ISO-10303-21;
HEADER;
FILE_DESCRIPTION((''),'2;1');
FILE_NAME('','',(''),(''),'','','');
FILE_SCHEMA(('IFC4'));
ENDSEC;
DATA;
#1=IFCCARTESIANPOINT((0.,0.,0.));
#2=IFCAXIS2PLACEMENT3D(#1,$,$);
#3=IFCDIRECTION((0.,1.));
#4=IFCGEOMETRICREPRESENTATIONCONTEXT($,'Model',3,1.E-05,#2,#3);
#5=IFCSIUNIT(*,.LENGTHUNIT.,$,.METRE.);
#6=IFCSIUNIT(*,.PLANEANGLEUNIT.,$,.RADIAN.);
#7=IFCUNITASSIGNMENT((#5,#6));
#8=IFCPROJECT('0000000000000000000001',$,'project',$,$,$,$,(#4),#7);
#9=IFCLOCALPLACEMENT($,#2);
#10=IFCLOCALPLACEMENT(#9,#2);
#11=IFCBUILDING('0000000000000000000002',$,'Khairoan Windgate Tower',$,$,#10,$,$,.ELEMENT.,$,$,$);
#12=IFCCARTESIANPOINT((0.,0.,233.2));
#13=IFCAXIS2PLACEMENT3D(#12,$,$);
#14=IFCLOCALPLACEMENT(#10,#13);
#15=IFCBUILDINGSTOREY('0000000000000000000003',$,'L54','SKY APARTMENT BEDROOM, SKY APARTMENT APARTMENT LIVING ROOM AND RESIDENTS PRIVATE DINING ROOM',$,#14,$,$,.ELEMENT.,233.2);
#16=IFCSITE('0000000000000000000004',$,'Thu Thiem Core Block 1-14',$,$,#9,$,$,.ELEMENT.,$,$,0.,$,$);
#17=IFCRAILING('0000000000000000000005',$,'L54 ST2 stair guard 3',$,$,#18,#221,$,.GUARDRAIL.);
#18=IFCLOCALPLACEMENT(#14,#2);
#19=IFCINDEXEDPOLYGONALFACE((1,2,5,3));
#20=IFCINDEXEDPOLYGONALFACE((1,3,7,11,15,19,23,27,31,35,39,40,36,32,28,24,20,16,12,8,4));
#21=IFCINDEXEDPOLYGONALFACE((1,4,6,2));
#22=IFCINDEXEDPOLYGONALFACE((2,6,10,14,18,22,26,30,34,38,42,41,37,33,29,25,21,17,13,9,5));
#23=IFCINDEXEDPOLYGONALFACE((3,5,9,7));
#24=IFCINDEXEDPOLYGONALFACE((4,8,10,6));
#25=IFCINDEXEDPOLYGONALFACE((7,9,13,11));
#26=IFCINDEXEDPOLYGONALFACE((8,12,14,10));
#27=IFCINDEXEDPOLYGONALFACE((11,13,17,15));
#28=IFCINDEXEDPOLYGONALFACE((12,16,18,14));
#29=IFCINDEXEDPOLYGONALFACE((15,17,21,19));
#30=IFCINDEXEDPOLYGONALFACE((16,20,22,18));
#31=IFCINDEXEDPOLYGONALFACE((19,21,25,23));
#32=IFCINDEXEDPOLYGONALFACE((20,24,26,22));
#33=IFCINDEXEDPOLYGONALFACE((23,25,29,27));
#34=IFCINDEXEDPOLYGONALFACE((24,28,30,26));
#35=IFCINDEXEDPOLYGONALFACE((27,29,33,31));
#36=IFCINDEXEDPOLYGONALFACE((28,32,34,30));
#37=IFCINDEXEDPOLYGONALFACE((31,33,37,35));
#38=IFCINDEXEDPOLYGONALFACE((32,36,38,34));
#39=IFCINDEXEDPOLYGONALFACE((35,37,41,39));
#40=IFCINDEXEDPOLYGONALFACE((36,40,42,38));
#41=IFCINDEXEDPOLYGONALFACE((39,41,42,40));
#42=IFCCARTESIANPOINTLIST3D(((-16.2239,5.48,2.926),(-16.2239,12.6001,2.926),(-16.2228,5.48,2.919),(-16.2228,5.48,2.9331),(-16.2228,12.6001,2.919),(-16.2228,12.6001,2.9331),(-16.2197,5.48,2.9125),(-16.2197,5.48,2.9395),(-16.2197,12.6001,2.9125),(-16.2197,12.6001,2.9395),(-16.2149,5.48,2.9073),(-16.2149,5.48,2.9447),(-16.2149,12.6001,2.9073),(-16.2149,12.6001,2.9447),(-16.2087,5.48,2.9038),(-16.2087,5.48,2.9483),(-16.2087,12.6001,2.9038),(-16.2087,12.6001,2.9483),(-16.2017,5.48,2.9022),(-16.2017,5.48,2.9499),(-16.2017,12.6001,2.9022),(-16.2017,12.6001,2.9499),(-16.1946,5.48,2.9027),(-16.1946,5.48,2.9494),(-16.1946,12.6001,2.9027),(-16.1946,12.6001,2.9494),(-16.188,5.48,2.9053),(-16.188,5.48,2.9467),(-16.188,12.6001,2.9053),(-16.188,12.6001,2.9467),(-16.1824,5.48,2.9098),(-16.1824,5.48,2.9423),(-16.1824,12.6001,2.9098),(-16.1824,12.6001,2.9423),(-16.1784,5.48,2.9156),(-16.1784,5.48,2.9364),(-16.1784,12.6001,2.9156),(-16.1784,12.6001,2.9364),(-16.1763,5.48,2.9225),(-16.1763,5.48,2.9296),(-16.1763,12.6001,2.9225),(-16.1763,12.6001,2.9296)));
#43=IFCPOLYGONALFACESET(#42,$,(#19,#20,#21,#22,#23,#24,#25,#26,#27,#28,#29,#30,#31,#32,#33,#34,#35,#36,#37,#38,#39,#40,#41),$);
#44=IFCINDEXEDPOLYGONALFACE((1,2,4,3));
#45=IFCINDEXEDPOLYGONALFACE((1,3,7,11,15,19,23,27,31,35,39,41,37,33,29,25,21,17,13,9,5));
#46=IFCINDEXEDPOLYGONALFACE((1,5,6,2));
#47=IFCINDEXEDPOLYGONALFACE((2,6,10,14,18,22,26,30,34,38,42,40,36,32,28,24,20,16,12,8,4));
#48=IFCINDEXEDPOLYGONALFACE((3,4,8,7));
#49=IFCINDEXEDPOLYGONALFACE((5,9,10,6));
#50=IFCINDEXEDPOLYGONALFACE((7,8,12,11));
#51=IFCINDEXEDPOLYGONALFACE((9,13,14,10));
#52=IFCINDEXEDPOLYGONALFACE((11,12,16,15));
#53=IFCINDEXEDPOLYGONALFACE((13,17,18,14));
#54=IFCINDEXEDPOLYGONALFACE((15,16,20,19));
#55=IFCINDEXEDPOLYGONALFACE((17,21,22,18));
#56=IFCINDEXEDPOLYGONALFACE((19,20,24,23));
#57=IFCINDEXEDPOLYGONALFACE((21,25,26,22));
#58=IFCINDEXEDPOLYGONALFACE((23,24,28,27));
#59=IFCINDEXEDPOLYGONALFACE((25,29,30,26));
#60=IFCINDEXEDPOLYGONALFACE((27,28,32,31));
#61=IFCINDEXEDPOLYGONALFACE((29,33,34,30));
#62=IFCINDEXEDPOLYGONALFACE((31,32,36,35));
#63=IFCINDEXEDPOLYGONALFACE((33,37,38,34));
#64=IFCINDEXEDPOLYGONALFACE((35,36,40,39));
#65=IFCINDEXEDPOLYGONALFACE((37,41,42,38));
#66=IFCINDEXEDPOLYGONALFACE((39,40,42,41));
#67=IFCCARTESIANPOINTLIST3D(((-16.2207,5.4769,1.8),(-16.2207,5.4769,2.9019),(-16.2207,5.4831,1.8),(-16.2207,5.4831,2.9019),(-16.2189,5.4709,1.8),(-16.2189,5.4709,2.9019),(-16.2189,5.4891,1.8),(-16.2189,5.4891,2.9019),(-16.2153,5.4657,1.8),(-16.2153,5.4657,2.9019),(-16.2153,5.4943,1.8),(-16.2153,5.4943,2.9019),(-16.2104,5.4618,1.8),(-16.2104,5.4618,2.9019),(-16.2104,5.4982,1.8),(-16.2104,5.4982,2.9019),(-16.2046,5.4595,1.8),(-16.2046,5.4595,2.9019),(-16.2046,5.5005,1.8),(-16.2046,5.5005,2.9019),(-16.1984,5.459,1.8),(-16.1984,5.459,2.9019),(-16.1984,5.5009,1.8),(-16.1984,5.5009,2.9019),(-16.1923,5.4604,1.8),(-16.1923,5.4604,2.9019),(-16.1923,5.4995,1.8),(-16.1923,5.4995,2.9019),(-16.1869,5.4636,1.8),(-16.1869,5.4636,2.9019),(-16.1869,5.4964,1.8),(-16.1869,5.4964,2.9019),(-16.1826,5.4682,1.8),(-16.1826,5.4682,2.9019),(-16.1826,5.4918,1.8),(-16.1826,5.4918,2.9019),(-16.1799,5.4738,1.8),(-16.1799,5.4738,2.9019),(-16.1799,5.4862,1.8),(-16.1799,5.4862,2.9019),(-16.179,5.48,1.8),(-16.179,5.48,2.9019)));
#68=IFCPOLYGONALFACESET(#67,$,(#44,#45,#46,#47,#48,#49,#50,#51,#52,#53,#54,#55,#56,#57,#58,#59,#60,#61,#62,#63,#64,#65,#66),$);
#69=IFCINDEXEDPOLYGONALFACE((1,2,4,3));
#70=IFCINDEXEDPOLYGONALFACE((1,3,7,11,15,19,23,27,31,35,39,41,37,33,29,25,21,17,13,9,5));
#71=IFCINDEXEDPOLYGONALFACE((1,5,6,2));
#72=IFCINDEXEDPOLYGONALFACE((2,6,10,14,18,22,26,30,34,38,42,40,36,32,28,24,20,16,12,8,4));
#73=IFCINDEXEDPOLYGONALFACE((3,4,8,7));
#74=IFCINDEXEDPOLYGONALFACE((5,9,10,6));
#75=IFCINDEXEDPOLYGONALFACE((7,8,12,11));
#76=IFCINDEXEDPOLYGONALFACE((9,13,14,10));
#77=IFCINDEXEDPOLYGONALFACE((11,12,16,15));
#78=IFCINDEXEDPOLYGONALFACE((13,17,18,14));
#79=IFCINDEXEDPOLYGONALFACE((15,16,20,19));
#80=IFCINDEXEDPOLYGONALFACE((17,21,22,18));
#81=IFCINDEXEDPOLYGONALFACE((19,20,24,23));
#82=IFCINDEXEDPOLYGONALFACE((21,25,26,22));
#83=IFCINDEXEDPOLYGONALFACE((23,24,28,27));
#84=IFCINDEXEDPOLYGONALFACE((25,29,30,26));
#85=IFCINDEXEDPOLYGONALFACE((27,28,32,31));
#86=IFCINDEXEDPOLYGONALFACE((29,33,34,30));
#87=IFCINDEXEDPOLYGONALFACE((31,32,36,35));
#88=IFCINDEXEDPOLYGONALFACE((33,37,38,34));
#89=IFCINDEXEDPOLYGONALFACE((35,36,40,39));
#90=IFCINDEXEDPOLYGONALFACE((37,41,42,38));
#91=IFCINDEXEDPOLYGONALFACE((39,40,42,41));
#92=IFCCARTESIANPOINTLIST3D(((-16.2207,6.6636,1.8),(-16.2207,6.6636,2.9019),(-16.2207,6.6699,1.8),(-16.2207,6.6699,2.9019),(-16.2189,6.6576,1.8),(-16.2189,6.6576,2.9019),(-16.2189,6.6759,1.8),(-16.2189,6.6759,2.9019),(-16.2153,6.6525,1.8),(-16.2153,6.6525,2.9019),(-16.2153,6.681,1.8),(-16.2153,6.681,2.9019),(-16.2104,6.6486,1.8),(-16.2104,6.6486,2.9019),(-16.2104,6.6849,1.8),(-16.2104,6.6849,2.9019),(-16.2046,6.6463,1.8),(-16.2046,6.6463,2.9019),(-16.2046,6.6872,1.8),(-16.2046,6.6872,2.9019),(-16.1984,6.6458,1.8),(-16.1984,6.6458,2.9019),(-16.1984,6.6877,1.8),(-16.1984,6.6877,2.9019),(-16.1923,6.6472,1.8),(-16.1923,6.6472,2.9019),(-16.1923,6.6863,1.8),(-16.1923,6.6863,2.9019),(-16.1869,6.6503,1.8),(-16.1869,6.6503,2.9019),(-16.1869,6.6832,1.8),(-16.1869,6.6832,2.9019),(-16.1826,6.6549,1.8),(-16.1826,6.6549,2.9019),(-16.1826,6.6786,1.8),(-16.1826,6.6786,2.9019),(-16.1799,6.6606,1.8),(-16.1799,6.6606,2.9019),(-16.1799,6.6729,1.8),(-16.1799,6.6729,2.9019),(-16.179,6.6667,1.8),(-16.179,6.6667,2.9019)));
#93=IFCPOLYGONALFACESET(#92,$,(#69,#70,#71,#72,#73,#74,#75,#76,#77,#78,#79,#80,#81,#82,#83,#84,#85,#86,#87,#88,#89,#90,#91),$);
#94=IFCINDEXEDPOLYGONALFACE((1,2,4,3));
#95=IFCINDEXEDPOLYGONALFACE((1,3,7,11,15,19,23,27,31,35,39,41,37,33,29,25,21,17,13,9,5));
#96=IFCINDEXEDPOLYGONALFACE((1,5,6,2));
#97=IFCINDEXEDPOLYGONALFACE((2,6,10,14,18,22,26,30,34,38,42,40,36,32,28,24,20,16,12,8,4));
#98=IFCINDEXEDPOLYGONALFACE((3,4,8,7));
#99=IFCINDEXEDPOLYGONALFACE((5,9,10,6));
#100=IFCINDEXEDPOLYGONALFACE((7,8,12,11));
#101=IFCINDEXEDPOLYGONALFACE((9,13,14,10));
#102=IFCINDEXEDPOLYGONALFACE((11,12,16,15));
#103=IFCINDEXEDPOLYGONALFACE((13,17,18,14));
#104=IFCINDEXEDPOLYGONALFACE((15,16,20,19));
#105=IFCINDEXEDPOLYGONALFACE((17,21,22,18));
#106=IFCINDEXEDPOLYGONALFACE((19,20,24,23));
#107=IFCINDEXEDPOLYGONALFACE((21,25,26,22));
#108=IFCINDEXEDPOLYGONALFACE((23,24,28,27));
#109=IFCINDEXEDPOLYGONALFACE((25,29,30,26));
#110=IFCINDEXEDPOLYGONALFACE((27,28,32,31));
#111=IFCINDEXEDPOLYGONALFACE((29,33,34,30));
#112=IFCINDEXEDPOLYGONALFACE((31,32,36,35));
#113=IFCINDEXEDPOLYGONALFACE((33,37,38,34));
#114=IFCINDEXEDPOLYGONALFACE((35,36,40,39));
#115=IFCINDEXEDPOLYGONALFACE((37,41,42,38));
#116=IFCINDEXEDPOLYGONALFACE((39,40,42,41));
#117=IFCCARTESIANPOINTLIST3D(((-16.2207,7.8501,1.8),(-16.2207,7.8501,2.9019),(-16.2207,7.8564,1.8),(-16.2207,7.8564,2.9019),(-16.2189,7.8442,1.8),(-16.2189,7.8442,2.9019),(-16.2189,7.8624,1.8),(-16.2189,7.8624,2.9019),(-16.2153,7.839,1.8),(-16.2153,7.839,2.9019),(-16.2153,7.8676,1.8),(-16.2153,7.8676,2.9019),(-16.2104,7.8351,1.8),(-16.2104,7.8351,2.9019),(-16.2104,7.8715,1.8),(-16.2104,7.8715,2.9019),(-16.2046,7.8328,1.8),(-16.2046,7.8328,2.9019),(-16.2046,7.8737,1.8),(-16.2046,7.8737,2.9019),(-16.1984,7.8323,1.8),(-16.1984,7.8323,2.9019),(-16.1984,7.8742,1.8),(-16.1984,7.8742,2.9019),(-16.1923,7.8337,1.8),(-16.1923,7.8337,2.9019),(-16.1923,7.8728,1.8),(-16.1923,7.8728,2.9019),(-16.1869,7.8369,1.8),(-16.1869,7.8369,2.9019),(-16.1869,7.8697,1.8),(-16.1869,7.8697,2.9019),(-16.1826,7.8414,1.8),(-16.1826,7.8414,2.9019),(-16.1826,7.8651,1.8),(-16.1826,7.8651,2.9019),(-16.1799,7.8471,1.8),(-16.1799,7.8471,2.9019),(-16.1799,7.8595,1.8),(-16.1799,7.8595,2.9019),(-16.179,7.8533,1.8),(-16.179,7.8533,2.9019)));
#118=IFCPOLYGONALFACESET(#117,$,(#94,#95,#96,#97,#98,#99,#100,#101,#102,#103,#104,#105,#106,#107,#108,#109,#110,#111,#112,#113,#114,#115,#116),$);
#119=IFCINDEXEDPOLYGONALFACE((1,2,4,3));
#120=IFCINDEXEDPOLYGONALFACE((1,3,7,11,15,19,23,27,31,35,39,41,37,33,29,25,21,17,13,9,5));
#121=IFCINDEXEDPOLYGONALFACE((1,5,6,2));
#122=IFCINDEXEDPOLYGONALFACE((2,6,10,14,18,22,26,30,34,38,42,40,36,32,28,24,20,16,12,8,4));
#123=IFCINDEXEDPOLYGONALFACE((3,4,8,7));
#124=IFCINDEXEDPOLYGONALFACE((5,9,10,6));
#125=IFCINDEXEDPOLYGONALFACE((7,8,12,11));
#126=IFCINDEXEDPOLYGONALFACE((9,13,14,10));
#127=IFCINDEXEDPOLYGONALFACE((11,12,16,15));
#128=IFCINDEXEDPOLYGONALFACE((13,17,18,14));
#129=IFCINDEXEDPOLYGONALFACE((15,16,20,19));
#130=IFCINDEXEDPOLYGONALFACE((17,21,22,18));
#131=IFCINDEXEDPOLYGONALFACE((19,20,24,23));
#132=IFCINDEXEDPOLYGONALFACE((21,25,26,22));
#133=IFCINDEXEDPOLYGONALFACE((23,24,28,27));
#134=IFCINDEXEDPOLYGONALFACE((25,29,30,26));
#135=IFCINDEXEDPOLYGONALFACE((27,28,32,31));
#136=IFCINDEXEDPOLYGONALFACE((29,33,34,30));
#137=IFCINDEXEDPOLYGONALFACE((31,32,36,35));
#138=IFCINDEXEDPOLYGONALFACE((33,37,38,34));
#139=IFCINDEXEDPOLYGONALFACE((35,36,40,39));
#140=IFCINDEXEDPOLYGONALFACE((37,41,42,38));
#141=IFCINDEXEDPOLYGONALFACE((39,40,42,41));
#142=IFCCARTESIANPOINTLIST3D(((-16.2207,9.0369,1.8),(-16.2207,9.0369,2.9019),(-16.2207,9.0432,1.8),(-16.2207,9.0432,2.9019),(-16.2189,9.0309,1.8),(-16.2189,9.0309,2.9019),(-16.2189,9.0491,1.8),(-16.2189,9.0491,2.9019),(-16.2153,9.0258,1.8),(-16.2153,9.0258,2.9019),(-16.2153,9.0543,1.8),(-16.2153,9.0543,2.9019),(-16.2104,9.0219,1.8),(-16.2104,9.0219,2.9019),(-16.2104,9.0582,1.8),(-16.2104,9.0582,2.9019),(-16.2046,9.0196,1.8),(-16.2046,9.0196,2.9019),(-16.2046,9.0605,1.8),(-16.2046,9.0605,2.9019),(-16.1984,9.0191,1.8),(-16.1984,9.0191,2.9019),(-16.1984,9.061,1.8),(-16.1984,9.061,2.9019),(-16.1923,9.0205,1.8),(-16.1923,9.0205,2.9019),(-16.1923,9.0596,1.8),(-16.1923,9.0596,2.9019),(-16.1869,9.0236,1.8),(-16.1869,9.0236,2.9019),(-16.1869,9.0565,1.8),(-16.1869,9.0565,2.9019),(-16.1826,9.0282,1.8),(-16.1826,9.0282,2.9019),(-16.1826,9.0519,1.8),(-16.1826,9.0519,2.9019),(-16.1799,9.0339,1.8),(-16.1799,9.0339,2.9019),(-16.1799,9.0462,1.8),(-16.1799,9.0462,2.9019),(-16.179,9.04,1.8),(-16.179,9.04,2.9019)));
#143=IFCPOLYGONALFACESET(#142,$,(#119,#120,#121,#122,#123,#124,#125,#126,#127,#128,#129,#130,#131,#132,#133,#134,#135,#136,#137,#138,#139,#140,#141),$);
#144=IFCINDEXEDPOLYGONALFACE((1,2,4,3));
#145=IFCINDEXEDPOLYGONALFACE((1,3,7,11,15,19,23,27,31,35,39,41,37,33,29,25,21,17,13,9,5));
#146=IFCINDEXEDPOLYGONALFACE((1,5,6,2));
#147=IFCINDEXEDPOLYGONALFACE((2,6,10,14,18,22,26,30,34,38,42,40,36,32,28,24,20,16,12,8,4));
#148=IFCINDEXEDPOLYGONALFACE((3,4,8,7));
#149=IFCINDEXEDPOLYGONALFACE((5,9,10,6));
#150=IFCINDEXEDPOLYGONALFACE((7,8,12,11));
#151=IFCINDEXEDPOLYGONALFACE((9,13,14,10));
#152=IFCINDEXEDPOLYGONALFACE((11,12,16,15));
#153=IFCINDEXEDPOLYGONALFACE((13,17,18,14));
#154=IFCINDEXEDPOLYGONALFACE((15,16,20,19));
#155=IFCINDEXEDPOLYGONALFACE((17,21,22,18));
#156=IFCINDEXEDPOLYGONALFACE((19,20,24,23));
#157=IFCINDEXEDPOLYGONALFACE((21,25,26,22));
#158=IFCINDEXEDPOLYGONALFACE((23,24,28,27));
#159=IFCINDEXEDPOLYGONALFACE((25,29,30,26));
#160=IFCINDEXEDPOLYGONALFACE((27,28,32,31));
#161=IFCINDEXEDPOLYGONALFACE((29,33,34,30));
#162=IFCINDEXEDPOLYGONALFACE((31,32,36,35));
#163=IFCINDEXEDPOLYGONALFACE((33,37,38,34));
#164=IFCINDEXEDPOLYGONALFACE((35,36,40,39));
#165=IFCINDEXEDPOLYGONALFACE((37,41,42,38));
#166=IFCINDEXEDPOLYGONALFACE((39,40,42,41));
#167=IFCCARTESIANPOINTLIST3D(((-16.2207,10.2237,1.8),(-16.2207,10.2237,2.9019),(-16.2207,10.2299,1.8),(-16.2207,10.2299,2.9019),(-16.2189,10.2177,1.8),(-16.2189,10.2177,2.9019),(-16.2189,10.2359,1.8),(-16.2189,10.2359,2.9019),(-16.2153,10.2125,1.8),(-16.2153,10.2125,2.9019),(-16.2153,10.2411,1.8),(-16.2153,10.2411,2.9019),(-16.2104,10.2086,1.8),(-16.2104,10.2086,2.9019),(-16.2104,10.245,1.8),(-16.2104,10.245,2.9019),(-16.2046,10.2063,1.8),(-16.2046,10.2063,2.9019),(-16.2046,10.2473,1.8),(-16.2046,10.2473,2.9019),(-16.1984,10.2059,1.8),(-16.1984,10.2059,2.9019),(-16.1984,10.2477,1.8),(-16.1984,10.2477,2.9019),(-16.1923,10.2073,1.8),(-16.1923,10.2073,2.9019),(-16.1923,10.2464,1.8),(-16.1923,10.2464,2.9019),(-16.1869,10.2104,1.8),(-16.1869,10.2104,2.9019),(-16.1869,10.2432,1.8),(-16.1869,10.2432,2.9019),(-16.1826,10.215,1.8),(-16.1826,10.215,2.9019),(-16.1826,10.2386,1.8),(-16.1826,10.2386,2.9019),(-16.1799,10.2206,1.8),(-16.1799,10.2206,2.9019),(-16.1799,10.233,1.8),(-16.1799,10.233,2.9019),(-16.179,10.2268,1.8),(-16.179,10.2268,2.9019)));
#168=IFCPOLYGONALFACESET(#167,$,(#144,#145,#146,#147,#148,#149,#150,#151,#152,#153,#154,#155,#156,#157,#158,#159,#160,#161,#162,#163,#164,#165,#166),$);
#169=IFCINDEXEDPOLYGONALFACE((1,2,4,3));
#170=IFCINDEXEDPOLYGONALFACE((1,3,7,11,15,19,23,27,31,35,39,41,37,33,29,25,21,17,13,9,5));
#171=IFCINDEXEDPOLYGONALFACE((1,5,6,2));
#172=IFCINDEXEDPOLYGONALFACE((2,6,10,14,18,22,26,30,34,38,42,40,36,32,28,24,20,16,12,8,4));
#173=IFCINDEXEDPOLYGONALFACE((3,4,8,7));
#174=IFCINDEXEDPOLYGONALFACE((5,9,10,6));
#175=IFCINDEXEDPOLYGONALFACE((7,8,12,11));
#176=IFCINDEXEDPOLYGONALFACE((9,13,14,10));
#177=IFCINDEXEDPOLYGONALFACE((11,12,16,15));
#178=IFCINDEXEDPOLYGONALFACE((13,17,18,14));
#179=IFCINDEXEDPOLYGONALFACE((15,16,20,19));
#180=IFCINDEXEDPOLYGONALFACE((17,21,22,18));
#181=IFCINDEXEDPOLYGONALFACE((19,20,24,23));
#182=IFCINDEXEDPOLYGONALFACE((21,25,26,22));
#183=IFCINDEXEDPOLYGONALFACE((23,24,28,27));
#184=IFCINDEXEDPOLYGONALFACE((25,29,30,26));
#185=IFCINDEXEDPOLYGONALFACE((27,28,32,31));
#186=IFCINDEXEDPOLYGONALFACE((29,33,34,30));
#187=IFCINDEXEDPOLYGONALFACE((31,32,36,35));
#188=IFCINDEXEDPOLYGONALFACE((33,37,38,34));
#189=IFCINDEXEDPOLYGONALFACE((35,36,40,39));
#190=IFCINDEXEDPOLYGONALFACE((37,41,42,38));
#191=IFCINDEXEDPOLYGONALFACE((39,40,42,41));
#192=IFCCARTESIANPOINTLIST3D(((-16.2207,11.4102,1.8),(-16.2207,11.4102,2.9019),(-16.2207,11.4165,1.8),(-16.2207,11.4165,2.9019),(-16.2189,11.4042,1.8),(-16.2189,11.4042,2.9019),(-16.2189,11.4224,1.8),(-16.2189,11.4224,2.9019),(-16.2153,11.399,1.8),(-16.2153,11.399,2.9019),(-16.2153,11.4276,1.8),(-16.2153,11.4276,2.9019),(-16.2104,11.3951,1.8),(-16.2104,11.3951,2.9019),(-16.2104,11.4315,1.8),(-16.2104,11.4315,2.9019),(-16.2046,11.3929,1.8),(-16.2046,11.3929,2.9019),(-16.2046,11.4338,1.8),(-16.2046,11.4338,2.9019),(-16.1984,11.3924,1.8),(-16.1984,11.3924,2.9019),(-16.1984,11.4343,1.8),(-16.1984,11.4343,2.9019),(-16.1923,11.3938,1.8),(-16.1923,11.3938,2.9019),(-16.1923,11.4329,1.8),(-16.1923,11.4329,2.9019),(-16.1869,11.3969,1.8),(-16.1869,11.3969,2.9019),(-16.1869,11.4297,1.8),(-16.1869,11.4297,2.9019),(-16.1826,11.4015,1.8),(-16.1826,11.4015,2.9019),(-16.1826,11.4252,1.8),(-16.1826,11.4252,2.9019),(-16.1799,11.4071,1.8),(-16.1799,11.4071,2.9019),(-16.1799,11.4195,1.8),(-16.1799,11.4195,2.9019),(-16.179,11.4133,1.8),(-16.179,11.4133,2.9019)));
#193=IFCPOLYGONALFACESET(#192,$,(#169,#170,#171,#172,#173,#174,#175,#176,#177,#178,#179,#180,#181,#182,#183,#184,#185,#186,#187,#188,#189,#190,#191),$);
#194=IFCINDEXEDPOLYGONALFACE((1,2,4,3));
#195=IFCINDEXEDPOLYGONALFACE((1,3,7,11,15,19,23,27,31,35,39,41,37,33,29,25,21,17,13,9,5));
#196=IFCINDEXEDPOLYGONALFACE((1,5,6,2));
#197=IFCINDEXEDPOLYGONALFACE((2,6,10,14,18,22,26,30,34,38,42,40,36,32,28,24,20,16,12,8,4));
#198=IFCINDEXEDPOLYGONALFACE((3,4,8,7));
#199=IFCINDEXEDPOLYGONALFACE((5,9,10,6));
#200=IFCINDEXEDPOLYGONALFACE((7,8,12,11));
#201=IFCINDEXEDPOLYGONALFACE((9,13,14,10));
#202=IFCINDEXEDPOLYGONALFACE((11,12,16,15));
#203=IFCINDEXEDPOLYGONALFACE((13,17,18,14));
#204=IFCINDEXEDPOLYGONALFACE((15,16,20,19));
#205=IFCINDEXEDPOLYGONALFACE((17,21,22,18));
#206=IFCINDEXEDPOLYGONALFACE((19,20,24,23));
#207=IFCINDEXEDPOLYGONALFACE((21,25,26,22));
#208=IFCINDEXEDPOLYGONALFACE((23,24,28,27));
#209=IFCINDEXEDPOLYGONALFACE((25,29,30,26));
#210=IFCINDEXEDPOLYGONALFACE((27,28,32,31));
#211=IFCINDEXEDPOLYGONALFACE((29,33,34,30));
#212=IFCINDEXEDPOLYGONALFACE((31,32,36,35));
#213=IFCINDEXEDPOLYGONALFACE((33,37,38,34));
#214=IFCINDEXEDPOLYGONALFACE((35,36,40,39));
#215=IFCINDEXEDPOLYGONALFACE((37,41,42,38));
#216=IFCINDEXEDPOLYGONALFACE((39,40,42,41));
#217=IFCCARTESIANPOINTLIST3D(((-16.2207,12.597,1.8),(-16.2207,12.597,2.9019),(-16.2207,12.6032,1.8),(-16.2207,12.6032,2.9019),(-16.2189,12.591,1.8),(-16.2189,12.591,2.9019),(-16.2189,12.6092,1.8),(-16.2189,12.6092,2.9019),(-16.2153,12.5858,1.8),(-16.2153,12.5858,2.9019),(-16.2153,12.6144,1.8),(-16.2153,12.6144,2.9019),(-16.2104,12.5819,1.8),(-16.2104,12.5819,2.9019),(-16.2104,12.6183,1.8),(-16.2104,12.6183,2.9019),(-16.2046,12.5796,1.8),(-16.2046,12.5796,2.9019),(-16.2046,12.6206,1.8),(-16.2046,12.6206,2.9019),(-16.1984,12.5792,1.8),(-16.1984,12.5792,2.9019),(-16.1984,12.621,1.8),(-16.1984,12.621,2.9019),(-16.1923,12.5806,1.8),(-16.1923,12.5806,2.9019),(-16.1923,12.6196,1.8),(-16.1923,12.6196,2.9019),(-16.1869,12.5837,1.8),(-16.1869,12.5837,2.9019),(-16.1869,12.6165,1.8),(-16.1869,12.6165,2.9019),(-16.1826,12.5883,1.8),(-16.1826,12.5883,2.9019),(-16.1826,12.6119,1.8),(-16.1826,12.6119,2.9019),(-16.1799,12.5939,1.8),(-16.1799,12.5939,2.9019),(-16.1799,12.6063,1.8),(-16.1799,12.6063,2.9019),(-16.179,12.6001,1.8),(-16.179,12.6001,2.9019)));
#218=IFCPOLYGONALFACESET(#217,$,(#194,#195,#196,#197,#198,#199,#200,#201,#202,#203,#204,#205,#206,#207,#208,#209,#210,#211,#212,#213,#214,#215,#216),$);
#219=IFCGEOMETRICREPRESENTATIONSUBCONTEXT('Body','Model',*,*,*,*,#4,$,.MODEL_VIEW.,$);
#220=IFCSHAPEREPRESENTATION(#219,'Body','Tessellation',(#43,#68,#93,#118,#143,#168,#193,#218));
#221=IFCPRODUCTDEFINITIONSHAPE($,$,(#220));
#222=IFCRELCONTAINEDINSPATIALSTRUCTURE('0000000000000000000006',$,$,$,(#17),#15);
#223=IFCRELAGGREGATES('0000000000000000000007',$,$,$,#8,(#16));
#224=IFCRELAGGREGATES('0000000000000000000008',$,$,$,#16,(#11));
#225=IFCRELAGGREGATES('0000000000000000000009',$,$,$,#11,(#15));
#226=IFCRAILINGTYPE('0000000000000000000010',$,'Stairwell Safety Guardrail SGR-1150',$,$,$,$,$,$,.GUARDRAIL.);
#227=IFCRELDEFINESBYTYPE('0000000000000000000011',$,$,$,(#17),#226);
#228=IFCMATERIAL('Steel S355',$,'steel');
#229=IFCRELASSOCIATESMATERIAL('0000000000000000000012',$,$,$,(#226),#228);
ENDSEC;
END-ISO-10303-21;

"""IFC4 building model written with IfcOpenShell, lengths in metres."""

from ifc_helpers import new_model, si_unit, direction, frame, origin, origin_2d, place, context, subcontext, project, spatial, circle, extrude, material, type_object, element, save


model = new_model("IFC4")

# Units and contexts
model_context = context("Model", 3, precision=1e-05, world=origin(), true_north=direction((0.0, 1.0)))
body_context = subcontext(model_context, "Body", "Model", "MODEL_VIEW")
ifc_project = project(units=[si_unit("LENGTHUNIT", "METRE"), si_unit("PLANEANGLEUNIT", "RADIAN")], contexts=[model_context])

# Site, building, storey
site_placement = place(None, origin())
site = spatial("IfcSite", under=ifc_project, at=site_placement, Name="Thu Thiem Core Block 1-14", CompositionType="ELEMENT", RefElevation=0.0)
building_placement = place(site_placement, origin())
building = spatial("IfcBuilding", under=site, at=building_placement, Name="Khairoan Windgate Tower", CompositionType="ELEMENT")
storey_placement = place(building_placement, frame((0.0, 0.0, 233.2)))
storey = spatial("IfcBuildingStorey", under=building, at=storey_placement, Name="L54", Description="SKY APARTMENT BEDROOM, SKY APARTMENT APARTMENT LIVING ROOM AND RESIDENTS PRIVATE DINING ROOM", CompositionType="ELEMENT", Elevation=233.2)

# Railing
ifc_material_1 = material(Name="Steel S355", Category="steel")
railing_type_1 = type_object("IfcRailingType", Name="Stairwell Safety Guardrail SGR-1150", PredefinedType="GUARDRAIL", material=ifc_material_1)
railing_1_placement = place(storey_placement, frame((-16.2, 5.48, 1.8)))
element("IfcRailing", 1, at=railing_1_placement, inside=storey, type_object=railing_type_1, Name="L54 ST2 stair guard 3", PredefinedType="GUARDRAIL", context=body_context, shape_type="SweptSolid", body=[
    extrude(circle(Radius=0.0239, at=origin_2d()), frame((0.0, 0.0, 1.126), z_axis=(0.0, 1.0, 0.0), x_axis=(-1.0, 0.0, 0.0)), (0.0, 0.0, 1.0), 7.1201),
    extrude(circle(Radius=0.021, at=origin_2d()), origin(), (0.0, 0.0, 1.0), 1.1018),
    extrude(circle(Radius=0.021, at=origin_2d()), frame((0.0, 1.1868, 0.0)), (0.0, 0.0, 1.0), 1.1018),
    extrude(circle(Radius=0.021, at=origin_2d()), frame((0.0, 2.3733, 0.0)), (0.0, 0.0, 1.0), 1.1018),
    extrude(circle(Radius=0.021, at=origin_2d()), frame((0.0, 3.5601, 0.0)), (0.0, 0.0, 1.0), 1.1018),
    extrude(circle(Radius=0.021, at=origin_2d()), frame((0.0, 4.7468, 0.0)), (0.0, 0.0, 1.0), 1.1018),
    extrude(circle(Radius=0.021, at=origin_2d()), frame((0.0, 5.9333, 0.0)), (0.0, 0.0, 1.0), 1.1018),
    extrude(circle(Radius=0.021, at=origin_2d()), frame((0.0, 7.1201, 0.0)), (0.0, 0.0, 1.0), 1.1018),
])

save(model, "model.ifc")
